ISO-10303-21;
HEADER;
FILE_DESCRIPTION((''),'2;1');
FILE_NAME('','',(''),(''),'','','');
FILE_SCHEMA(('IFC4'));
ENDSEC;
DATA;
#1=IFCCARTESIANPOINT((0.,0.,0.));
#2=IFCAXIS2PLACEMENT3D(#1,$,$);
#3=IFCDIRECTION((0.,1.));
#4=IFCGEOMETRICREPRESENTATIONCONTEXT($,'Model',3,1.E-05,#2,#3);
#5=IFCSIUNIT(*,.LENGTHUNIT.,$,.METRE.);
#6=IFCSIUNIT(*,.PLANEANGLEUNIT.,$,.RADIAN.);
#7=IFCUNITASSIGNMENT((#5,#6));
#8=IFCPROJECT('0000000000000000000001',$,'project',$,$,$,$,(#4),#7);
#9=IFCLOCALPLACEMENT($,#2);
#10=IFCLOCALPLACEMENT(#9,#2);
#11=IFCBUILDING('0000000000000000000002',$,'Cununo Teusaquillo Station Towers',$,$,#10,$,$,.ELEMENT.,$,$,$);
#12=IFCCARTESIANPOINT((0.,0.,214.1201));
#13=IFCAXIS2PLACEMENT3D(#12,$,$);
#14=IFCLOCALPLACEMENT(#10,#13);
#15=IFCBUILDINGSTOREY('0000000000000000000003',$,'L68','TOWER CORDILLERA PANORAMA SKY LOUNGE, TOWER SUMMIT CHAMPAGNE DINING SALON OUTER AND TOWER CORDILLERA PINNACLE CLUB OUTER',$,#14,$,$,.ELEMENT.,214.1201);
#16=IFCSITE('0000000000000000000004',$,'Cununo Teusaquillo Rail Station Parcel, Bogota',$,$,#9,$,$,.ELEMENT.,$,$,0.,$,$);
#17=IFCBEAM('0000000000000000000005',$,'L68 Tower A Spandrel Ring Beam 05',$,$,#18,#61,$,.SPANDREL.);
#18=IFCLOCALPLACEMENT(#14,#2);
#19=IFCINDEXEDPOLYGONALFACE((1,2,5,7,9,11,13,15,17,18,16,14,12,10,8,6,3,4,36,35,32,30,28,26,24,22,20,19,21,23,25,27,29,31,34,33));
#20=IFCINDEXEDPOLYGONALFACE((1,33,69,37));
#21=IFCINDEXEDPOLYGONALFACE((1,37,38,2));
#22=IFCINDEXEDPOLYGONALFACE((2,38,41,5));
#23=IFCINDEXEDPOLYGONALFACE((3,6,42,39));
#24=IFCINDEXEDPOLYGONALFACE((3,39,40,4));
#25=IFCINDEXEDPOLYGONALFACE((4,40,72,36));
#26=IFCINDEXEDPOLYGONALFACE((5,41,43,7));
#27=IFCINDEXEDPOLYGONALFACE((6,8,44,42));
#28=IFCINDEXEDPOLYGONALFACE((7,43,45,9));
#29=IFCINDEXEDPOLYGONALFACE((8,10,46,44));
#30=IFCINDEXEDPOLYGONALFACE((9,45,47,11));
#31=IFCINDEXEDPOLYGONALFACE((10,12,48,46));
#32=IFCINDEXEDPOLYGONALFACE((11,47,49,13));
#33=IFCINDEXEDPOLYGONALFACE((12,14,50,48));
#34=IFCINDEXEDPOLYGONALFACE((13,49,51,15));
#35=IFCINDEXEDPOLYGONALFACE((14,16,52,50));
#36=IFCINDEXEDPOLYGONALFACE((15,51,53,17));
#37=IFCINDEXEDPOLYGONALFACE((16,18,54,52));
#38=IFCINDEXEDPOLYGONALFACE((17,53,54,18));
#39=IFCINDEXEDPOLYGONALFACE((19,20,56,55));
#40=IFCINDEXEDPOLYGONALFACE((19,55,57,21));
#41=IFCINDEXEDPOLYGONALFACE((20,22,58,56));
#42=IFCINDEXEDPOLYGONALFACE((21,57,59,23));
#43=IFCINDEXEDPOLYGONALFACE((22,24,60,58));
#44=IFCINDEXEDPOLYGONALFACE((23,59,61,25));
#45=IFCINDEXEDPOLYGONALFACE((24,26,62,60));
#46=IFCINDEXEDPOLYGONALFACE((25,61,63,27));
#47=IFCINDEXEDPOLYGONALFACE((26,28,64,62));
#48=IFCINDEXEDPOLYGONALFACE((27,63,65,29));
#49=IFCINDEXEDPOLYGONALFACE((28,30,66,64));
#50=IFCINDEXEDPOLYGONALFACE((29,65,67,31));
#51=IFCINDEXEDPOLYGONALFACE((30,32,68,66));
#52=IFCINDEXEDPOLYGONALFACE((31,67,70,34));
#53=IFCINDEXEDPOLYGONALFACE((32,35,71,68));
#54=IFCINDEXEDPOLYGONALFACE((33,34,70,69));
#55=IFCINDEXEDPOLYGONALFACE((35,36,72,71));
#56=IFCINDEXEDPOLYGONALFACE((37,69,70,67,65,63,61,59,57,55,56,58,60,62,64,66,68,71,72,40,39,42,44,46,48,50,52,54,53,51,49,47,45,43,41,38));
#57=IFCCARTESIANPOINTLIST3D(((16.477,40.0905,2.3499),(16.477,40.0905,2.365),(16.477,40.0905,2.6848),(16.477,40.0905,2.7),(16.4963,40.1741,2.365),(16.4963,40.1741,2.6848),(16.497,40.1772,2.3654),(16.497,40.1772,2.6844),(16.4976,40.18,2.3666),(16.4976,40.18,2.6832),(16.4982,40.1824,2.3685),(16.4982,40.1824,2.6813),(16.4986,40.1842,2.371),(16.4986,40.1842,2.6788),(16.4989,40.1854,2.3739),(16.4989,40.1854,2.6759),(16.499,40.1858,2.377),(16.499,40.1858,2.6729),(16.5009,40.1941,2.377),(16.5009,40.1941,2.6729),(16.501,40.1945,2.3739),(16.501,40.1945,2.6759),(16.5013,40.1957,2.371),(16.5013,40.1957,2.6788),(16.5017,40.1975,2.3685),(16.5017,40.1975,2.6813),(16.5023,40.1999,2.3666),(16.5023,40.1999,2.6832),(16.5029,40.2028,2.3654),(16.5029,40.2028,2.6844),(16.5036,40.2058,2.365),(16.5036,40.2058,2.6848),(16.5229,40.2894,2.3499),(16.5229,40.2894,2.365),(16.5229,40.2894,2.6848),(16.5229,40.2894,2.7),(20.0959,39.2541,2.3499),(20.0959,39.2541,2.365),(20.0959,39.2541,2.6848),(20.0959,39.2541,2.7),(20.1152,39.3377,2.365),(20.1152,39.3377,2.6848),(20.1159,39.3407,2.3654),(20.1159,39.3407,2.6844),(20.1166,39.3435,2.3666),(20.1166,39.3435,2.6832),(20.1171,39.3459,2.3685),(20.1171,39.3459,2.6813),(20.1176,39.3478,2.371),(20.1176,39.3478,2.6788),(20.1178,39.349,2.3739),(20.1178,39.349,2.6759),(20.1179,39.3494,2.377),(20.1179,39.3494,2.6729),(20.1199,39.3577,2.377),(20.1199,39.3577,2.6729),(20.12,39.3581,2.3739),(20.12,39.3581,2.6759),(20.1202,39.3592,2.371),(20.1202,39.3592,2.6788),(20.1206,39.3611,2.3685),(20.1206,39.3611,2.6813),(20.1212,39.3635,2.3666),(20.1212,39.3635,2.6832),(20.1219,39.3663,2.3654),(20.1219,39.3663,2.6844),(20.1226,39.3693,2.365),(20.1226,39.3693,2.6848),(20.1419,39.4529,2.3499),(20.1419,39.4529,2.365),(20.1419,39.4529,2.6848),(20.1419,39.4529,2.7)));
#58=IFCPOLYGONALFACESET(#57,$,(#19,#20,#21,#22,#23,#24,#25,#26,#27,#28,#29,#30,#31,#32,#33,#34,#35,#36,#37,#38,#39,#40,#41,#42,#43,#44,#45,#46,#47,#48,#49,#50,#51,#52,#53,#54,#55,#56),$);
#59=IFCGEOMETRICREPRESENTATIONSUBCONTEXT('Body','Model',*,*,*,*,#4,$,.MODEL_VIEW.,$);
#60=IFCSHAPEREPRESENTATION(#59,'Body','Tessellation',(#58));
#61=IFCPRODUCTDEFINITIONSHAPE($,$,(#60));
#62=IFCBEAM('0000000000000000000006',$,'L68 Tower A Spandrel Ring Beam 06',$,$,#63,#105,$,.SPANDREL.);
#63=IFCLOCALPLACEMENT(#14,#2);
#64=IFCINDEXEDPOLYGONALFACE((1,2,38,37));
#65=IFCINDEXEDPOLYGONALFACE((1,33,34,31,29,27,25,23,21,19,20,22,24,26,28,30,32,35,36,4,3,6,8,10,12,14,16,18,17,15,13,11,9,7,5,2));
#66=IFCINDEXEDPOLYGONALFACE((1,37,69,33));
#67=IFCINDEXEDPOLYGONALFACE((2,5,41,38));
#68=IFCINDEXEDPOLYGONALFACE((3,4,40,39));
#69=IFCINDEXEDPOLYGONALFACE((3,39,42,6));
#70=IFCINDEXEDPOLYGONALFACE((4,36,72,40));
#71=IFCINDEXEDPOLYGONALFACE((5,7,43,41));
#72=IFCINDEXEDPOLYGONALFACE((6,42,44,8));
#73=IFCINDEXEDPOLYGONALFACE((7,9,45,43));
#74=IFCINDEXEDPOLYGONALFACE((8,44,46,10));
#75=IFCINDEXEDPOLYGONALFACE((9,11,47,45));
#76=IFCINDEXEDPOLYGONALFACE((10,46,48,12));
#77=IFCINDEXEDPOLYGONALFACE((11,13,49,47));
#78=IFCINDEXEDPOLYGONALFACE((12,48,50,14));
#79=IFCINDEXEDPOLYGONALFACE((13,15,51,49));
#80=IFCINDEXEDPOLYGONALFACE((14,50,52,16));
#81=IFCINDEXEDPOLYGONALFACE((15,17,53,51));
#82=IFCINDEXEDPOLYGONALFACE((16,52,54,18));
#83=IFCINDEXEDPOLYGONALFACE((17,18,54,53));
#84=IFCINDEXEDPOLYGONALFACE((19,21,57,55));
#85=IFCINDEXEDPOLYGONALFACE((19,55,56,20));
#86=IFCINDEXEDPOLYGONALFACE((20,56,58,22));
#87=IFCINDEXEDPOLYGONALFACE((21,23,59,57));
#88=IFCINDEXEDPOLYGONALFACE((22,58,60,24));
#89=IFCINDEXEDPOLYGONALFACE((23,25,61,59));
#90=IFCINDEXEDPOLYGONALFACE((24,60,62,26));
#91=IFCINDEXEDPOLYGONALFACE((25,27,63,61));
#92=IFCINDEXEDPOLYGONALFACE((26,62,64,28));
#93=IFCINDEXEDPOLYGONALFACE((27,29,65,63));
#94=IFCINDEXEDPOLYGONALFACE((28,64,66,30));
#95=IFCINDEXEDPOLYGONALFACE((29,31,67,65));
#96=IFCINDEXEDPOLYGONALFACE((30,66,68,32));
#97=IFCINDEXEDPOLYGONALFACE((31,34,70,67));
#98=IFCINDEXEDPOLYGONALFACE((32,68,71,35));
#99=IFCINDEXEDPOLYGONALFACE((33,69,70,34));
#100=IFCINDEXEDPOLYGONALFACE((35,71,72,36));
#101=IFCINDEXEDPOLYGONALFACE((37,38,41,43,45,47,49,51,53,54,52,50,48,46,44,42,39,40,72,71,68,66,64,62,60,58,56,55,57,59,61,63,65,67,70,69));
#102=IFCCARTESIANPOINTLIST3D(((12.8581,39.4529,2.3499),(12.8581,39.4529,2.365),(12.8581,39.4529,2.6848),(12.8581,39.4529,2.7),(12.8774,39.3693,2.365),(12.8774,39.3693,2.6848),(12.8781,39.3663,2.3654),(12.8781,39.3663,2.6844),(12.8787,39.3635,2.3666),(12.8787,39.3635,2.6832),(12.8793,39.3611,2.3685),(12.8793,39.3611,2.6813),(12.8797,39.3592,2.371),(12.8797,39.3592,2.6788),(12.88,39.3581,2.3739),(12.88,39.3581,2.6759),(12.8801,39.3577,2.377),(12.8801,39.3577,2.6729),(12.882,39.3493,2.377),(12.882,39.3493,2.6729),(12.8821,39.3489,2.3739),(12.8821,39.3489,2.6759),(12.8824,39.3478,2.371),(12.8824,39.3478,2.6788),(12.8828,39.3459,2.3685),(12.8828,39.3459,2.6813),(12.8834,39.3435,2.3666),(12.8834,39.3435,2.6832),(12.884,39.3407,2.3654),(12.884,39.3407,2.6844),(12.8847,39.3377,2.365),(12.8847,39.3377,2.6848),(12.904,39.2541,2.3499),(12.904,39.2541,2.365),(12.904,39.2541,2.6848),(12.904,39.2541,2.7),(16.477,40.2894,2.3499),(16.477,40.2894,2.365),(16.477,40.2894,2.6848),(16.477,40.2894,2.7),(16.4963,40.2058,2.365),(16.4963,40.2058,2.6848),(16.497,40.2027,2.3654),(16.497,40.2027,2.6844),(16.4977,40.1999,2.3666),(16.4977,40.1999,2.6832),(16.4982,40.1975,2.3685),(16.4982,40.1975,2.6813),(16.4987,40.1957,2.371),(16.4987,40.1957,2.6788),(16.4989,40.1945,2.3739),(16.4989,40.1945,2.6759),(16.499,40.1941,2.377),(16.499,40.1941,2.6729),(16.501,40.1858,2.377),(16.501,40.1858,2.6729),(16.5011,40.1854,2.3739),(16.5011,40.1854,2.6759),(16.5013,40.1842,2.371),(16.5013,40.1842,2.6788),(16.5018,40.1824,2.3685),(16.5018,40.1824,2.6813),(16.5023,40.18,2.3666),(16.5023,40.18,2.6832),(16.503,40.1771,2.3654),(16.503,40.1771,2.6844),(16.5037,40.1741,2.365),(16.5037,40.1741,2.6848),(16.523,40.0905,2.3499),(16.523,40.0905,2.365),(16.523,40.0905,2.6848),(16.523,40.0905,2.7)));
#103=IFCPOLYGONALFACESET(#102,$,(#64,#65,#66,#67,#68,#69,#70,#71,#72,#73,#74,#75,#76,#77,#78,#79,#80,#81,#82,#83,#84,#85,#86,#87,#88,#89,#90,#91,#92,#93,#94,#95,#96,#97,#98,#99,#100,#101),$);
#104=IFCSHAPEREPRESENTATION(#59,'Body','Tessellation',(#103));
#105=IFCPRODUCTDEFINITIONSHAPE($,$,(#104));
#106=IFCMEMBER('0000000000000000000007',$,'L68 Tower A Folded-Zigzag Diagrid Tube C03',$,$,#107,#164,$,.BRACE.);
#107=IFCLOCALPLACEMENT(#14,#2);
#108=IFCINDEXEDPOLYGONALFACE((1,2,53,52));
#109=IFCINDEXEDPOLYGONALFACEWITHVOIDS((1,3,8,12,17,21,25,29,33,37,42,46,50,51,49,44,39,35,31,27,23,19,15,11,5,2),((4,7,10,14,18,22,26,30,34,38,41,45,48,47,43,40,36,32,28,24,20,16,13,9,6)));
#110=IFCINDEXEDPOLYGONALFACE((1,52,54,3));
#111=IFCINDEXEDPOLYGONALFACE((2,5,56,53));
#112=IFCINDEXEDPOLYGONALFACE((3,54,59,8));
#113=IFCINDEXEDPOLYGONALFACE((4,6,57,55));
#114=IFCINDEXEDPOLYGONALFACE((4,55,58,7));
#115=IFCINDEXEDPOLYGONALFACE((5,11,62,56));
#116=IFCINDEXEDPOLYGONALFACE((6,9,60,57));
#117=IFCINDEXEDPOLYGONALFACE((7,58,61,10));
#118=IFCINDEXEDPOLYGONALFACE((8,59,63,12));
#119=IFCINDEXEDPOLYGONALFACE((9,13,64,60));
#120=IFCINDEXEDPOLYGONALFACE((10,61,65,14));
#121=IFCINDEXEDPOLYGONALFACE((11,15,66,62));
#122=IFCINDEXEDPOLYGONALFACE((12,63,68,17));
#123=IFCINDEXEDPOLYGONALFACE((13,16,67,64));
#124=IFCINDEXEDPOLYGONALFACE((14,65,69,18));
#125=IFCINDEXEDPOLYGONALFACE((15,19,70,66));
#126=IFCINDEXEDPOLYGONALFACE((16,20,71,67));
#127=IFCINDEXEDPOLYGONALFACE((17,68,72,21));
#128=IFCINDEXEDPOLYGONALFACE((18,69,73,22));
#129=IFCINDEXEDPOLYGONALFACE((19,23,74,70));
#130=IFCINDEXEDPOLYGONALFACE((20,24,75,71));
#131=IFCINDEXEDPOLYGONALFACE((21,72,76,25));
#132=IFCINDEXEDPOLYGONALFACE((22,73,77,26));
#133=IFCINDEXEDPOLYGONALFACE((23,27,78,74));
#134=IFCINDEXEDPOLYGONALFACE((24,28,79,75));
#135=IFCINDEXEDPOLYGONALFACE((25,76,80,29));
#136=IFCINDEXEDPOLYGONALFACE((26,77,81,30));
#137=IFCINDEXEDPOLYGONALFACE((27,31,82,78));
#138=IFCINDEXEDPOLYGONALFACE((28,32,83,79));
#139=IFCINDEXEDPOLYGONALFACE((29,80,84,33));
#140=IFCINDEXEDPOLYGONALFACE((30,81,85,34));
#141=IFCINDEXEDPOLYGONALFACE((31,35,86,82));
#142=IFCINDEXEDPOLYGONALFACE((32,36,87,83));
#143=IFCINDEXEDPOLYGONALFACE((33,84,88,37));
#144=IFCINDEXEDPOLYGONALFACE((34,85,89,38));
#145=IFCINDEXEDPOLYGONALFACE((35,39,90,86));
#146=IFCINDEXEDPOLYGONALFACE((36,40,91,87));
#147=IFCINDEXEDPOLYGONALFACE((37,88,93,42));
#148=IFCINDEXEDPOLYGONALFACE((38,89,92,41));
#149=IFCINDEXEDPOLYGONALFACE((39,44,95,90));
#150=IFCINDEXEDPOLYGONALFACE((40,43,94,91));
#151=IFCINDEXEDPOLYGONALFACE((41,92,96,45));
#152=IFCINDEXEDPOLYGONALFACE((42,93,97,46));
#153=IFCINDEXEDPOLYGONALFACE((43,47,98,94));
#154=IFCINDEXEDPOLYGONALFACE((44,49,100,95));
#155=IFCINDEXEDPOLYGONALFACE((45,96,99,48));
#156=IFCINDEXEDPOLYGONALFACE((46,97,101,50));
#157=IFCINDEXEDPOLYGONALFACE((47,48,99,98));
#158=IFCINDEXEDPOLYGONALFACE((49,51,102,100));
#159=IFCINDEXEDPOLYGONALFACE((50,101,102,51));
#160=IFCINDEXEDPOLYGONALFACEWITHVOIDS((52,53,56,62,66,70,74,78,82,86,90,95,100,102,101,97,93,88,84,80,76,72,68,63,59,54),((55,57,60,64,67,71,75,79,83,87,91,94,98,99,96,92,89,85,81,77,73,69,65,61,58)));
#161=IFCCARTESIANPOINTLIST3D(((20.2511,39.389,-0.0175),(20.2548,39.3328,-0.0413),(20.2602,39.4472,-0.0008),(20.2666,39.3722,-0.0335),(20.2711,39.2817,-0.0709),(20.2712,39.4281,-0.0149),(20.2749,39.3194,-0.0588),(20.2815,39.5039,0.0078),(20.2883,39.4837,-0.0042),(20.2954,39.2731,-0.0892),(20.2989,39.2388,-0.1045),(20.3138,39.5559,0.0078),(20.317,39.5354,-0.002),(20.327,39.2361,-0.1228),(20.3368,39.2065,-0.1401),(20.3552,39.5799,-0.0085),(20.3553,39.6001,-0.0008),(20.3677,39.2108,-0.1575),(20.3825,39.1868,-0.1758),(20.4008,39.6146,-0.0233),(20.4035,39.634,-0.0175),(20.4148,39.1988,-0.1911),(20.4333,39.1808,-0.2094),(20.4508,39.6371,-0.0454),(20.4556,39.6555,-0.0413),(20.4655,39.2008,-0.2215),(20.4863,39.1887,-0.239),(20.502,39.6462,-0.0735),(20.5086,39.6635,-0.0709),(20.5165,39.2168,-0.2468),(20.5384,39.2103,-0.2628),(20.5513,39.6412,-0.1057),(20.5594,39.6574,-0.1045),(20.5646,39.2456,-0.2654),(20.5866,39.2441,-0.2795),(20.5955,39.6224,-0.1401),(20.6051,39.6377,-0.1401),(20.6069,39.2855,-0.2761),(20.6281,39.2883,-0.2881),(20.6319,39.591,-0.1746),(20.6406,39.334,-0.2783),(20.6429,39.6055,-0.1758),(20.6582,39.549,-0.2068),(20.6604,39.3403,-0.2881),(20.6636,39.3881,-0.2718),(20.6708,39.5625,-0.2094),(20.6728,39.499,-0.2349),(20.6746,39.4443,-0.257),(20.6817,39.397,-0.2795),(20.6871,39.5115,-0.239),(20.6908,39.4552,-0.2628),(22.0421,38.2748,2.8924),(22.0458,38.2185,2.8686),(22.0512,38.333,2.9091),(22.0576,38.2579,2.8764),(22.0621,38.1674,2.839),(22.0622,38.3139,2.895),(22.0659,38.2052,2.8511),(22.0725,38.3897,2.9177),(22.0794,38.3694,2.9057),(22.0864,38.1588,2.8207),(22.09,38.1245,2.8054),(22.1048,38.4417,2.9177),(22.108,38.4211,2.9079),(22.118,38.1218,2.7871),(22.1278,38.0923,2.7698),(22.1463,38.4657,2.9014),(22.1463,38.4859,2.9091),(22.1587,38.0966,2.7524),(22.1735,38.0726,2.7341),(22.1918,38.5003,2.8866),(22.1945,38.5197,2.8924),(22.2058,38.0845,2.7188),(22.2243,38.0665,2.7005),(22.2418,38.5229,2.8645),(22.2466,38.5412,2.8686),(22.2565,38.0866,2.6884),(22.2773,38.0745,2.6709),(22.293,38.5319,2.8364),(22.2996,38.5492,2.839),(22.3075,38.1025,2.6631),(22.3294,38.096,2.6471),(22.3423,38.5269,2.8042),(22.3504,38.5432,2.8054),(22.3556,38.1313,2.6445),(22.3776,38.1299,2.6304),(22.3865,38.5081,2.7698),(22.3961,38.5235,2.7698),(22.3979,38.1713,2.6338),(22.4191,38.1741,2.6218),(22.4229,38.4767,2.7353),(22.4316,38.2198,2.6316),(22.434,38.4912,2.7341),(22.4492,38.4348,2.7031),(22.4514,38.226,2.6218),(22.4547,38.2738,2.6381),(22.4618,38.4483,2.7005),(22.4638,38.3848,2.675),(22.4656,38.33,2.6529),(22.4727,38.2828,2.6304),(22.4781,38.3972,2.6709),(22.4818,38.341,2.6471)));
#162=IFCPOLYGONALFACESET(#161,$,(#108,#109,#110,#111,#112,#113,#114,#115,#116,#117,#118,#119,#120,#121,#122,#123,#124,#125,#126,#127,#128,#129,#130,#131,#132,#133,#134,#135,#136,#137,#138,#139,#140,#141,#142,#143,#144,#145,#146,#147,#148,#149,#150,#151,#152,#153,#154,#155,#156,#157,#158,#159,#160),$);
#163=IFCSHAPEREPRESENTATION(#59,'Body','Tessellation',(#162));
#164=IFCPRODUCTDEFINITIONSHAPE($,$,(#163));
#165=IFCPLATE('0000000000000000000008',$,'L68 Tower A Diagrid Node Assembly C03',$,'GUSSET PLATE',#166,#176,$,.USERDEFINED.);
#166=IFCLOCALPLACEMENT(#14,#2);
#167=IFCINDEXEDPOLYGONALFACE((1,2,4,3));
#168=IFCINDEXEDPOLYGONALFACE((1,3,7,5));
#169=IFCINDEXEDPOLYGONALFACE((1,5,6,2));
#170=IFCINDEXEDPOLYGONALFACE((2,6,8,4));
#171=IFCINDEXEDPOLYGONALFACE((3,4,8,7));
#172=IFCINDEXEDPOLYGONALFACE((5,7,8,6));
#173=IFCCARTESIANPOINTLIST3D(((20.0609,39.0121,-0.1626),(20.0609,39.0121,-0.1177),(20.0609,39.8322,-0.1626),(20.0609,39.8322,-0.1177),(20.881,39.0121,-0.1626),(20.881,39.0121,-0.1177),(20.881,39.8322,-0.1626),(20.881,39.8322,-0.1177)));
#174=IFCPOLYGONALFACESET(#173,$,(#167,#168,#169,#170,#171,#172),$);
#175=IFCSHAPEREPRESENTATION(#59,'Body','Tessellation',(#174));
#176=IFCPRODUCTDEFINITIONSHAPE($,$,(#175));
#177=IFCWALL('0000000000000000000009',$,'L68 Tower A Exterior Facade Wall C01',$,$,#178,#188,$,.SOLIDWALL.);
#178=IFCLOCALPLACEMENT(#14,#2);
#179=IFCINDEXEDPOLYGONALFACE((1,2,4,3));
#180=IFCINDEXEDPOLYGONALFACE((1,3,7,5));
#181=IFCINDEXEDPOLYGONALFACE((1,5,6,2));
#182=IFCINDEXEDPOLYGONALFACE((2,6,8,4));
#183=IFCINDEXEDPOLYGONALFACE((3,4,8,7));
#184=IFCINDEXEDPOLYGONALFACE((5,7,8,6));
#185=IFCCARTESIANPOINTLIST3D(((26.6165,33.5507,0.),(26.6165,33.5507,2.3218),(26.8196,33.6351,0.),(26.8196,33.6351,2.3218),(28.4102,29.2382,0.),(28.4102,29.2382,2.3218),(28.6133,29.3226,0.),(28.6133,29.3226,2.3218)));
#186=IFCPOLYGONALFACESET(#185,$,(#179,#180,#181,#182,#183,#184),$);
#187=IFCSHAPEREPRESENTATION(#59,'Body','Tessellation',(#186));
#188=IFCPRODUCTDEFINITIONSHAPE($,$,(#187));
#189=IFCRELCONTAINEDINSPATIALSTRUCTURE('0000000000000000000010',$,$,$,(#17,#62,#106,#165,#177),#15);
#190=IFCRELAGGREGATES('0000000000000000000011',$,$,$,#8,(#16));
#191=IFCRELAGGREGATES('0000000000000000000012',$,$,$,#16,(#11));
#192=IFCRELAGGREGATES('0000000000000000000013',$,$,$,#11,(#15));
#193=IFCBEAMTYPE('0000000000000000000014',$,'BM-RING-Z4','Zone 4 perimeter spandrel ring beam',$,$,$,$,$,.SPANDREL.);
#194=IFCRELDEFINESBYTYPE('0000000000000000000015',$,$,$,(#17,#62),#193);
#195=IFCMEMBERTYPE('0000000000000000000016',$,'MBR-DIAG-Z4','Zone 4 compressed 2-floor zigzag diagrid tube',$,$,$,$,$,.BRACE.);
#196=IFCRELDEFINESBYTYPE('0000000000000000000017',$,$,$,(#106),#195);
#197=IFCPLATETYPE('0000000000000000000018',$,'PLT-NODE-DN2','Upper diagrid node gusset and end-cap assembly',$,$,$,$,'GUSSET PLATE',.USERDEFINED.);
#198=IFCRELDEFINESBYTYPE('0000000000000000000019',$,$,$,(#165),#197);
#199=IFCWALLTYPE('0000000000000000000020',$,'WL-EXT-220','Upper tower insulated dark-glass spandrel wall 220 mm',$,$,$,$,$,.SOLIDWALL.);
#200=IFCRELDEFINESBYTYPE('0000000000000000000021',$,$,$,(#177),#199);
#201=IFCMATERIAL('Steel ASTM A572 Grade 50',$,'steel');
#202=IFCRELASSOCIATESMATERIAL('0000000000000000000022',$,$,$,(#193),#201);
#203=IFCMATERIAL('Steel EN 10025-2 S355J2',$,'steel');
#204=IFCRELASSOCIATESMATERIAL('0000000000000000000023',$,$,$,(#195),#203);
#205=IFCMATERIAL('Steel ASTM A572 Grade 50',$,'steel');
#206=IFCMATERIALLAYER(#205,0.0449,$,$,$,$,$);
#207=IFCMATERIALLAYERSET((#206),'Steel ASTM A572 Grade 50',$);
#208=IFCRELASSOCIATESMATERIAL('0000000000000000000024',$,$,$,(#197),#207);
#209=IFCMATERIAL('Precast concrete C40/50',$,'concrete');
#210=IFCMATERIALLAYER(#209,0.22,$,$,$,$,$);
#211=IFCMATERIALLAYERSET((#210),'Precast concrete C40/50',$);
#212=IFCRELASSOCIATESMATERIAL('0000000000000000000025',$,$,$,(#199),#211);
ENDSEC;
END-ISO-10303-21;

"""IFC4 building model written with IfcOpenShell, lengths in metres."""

from ifc_helpers import new_model, si_unit, direction, frame, frame_2d, origin, origin_2d, place, context, subcontext, project, spatial, rectangle, hollow_circle, i_section, extrude, source, transform, mapped, material, layer, layer_set, material_profile, profile_set, type_object, element, save


model = new_model("IFC4")

# Units and contexts
model_context = context("Model", 3, precision=1e-05, world=origin(), true_north=direction((0.0, 1.0)))
body_context = subcontext(model_context, "Body", "Model", "MODEL_VIEW")
ifc_project = project(units=[si_unit("LENGTHUNIT", "METRE"), si_unit("PLANEANGLEUNIT", "RADIAN")], contexts=[model_context])

# Site, building, storey
site_placement = place(None, origin())
site = spatial("IfcSite", under=ifc_project, at=site_placement, Name="Cununo Teusaquillo Rail Station Parcel, Bogota", CompositionType="ELEMENT", RefElevation=0.0)
building_placement = place(site_placement, origin())
building = spatial("IfcBuilding", under=site, at=building_placement, Name="Cununo Teusaquillo Station Towers", CompositionType="ELEMENT")
storey_placement = place(building_placement, frame((0.0, 0.0, 214.1201)))
storey = spatial("IfcBuildingStorey", under=building, at=storey_placement, Name="L68", Description="TOWER CORDILLERA PANORAMA SKY LOUNGE, TOWER SUMMIT CHAMPAGNE DINING SALON OUTER AND TOWER CORDILLERA PINNACLE CLUB OUTER", CompositionType="ELEMENT", Elevation=214.1201)

# Beams
ifc_material_1 = material(Name="Steel ASTM A572 Grade 50", Category="steel")
ifc_material_profile_1 = material_profile(ifc_material_1, i_section(OverallWidth=0.2041, OverallDepth=0.3501, WebThickness=0.0085, FlangeThickness=0.0151, FilletRadius=0.012, at=origin_2d()), Name="W14X48")
ifc_profile_set_1 = profile_set([ifc_material_profile_1], Name="Steel ASTM A572 Grade 50")
beam_type_1 = type_object("IfcBeamType", Name="BM-RING-Z4", Description="Zone 4 perimeter spandrel ring beam", PredefinedType="SPANDREL", material=ifc_profile_set_1)
for number, where, z_axis, x_axis, name in (
    (1, (20.1189, 39.3535, 2.5249), (-0.974315, 0.225191, 0.0), (-0.225191, -0.974315, 0.0), "L68 Tower A Spandrel Ring Beam 05"),
    (2, (16.5, 40.1899, 2.5249), (-0.974315, -0.225191, 0.0), (0.225191, -0.974315, 0.0), "L68 Tower A Spandrel Ring Beam 06"),
):
    element("IfcBeam", number, at=place(storey_placement, frame(where, z_axis=z_axis, x_axis=x_axis)), inside=storey, type_object=beam_type_1, Name=name, PredefinedType="SPANDREL", context=body_context, shape_type="SweptSolid", body=[
        extrude(i_section(OverallWidth=0.2041, OverallDepth=0.3501, WebThickness=0.0085, FlangeThickness=0.0151, FilletRadius=0.012, at=origin_2d()), origin(), (0.0, 0.0, 1.0), 3.7144),
    ])

# Member
ifc_material_2 = material(Name="Steel EN 10025-2 S355J2", Category="steel")
ifc_material_profile_2 = material_profile(ifc_material_2, hollow_circle(Radius=0.2539, WallThickness=0.0181, at=origin_2d()), Name="CHS 508x18")
ifc_profile_set_2 = profile_set([ifc_material_profile_2], Name="Steel EN 10025-2 S355J2")
member_type = type_object("IfcMemberType", Name="MBR-DIAG-Z4", Description="Zone 4 compressed 2-floor zigzag diagrid tube", PredefinedType="BRACE", material=ifc_profile_set_2)
member_placement = place(storey_placement, frame((20.4709, 39.4221, -0.1401), z_axis=(0.498334, -0.310032, 0.809656), x_axis=(0.52825, 0.849089, 0.0)))
element("IfcMember", 3, at=member_placement, inside=storey, type_object=member_type, Name="L68 Tower A Folded-Zigzag Diagrid Tube C03", PredefinedType="BRACE", context=body_context, shape_type="SweptSolid", body=[
    extrude(hollow_circle(Radius=0.2539, WallThickness=0.0181, at=origin_2d()), origin(), (0.0, 0.0, 1.0), 3.594),
])

# Plate
ifc_material_3 = material(Name="Steel ASTM A572 Grade 50", Category="steel")
ifc_layer_1 = layer(ifc_material_3, 0.0449)
ifc_layer_set_1 = layer_set([ifc_layer_1], Name="Steel ASTM A572 Grade 50")
plate_type = type_object("IfcPlateType", Name="PLT-NODE-DN2", Description="Upper diagrid node gusset and end-cap assembly", ElementType="GUSSET PLATE", PredefinedType="USERDEFINED", material=ifc_layer_set_1)
shared_shape_1 = source(origin(), body_context, "Body", "SweptSolid", [
    extrude(rectangle(XDim=0.8201, YDim=0.8201, at=origin_2d()), origin(), (0.0, 0.0, 1.0), 0.0449),
])
plate_placement = place(storey_placement, frame((20.4709, 39.4221, -0.1626), z_axis=(0.0, 0.0, 1.0), x_axis=(1.0, 0.0, 0.0)))
element("IfcPlate", 4, at=plate_placement, inside=storey, type_object=plate_type, Name="L68 Tower A Diagrid Node Assembly C03", ObjectType="GUSSET PLATE", PredefinedType="USERDEFINED", context=body_context, shape_type="MappedRepresentation", body=[
    mapped(shared_shape_1, transform((0.0, 0.0, 0.0), x_axis=(1.0, 0.0, 0.0), y_axis=(0.0, 1.0, 0.0), z_axis=(0.0, 0.0, 1.0), scale=1.0)),
])

# Wall
ifc_material_4 = material(Name="Precast concrete C40/50", Category="concrete")
ifc_layer_2 = layer(ifc_material_4, 0.22)
ifc_layer_set_2 = layer_set([ifc_layer_2], Name="Precast concrete C40/50")
wall_type_1 = type_object("IfcWallType", Name="WL-EXT-220", Description="Upper tower insulated dark-glass spandrel wall 220 mm", PredefinedType="SOLIDWALL", material=ifc_layer_set_2)
wall_1_placement = place(storey_placement, frame((26.718, 33.593, 0.0), z_axis=(0.0, 0.0, 1.0), x_axis=(0.384036, -0.923318, 0.0)))
element("IfcWall", 5, at=wall_1_placement, inside=storey, type_object=wall_type_1, Name="L68 Tower A Exterior Facade Wall C01", PredefinedType="SOLIDWALL", context=body_context, shape_type="SweptSolid", body=[
    extrude(rectangle(XDim=4.6707, YDim=0.22, at=frame_2d((2.3354, 0.0))), origin(), (0.0, 0.0, 1.0), 2.3218),
])

save(model, "model.ifc")
